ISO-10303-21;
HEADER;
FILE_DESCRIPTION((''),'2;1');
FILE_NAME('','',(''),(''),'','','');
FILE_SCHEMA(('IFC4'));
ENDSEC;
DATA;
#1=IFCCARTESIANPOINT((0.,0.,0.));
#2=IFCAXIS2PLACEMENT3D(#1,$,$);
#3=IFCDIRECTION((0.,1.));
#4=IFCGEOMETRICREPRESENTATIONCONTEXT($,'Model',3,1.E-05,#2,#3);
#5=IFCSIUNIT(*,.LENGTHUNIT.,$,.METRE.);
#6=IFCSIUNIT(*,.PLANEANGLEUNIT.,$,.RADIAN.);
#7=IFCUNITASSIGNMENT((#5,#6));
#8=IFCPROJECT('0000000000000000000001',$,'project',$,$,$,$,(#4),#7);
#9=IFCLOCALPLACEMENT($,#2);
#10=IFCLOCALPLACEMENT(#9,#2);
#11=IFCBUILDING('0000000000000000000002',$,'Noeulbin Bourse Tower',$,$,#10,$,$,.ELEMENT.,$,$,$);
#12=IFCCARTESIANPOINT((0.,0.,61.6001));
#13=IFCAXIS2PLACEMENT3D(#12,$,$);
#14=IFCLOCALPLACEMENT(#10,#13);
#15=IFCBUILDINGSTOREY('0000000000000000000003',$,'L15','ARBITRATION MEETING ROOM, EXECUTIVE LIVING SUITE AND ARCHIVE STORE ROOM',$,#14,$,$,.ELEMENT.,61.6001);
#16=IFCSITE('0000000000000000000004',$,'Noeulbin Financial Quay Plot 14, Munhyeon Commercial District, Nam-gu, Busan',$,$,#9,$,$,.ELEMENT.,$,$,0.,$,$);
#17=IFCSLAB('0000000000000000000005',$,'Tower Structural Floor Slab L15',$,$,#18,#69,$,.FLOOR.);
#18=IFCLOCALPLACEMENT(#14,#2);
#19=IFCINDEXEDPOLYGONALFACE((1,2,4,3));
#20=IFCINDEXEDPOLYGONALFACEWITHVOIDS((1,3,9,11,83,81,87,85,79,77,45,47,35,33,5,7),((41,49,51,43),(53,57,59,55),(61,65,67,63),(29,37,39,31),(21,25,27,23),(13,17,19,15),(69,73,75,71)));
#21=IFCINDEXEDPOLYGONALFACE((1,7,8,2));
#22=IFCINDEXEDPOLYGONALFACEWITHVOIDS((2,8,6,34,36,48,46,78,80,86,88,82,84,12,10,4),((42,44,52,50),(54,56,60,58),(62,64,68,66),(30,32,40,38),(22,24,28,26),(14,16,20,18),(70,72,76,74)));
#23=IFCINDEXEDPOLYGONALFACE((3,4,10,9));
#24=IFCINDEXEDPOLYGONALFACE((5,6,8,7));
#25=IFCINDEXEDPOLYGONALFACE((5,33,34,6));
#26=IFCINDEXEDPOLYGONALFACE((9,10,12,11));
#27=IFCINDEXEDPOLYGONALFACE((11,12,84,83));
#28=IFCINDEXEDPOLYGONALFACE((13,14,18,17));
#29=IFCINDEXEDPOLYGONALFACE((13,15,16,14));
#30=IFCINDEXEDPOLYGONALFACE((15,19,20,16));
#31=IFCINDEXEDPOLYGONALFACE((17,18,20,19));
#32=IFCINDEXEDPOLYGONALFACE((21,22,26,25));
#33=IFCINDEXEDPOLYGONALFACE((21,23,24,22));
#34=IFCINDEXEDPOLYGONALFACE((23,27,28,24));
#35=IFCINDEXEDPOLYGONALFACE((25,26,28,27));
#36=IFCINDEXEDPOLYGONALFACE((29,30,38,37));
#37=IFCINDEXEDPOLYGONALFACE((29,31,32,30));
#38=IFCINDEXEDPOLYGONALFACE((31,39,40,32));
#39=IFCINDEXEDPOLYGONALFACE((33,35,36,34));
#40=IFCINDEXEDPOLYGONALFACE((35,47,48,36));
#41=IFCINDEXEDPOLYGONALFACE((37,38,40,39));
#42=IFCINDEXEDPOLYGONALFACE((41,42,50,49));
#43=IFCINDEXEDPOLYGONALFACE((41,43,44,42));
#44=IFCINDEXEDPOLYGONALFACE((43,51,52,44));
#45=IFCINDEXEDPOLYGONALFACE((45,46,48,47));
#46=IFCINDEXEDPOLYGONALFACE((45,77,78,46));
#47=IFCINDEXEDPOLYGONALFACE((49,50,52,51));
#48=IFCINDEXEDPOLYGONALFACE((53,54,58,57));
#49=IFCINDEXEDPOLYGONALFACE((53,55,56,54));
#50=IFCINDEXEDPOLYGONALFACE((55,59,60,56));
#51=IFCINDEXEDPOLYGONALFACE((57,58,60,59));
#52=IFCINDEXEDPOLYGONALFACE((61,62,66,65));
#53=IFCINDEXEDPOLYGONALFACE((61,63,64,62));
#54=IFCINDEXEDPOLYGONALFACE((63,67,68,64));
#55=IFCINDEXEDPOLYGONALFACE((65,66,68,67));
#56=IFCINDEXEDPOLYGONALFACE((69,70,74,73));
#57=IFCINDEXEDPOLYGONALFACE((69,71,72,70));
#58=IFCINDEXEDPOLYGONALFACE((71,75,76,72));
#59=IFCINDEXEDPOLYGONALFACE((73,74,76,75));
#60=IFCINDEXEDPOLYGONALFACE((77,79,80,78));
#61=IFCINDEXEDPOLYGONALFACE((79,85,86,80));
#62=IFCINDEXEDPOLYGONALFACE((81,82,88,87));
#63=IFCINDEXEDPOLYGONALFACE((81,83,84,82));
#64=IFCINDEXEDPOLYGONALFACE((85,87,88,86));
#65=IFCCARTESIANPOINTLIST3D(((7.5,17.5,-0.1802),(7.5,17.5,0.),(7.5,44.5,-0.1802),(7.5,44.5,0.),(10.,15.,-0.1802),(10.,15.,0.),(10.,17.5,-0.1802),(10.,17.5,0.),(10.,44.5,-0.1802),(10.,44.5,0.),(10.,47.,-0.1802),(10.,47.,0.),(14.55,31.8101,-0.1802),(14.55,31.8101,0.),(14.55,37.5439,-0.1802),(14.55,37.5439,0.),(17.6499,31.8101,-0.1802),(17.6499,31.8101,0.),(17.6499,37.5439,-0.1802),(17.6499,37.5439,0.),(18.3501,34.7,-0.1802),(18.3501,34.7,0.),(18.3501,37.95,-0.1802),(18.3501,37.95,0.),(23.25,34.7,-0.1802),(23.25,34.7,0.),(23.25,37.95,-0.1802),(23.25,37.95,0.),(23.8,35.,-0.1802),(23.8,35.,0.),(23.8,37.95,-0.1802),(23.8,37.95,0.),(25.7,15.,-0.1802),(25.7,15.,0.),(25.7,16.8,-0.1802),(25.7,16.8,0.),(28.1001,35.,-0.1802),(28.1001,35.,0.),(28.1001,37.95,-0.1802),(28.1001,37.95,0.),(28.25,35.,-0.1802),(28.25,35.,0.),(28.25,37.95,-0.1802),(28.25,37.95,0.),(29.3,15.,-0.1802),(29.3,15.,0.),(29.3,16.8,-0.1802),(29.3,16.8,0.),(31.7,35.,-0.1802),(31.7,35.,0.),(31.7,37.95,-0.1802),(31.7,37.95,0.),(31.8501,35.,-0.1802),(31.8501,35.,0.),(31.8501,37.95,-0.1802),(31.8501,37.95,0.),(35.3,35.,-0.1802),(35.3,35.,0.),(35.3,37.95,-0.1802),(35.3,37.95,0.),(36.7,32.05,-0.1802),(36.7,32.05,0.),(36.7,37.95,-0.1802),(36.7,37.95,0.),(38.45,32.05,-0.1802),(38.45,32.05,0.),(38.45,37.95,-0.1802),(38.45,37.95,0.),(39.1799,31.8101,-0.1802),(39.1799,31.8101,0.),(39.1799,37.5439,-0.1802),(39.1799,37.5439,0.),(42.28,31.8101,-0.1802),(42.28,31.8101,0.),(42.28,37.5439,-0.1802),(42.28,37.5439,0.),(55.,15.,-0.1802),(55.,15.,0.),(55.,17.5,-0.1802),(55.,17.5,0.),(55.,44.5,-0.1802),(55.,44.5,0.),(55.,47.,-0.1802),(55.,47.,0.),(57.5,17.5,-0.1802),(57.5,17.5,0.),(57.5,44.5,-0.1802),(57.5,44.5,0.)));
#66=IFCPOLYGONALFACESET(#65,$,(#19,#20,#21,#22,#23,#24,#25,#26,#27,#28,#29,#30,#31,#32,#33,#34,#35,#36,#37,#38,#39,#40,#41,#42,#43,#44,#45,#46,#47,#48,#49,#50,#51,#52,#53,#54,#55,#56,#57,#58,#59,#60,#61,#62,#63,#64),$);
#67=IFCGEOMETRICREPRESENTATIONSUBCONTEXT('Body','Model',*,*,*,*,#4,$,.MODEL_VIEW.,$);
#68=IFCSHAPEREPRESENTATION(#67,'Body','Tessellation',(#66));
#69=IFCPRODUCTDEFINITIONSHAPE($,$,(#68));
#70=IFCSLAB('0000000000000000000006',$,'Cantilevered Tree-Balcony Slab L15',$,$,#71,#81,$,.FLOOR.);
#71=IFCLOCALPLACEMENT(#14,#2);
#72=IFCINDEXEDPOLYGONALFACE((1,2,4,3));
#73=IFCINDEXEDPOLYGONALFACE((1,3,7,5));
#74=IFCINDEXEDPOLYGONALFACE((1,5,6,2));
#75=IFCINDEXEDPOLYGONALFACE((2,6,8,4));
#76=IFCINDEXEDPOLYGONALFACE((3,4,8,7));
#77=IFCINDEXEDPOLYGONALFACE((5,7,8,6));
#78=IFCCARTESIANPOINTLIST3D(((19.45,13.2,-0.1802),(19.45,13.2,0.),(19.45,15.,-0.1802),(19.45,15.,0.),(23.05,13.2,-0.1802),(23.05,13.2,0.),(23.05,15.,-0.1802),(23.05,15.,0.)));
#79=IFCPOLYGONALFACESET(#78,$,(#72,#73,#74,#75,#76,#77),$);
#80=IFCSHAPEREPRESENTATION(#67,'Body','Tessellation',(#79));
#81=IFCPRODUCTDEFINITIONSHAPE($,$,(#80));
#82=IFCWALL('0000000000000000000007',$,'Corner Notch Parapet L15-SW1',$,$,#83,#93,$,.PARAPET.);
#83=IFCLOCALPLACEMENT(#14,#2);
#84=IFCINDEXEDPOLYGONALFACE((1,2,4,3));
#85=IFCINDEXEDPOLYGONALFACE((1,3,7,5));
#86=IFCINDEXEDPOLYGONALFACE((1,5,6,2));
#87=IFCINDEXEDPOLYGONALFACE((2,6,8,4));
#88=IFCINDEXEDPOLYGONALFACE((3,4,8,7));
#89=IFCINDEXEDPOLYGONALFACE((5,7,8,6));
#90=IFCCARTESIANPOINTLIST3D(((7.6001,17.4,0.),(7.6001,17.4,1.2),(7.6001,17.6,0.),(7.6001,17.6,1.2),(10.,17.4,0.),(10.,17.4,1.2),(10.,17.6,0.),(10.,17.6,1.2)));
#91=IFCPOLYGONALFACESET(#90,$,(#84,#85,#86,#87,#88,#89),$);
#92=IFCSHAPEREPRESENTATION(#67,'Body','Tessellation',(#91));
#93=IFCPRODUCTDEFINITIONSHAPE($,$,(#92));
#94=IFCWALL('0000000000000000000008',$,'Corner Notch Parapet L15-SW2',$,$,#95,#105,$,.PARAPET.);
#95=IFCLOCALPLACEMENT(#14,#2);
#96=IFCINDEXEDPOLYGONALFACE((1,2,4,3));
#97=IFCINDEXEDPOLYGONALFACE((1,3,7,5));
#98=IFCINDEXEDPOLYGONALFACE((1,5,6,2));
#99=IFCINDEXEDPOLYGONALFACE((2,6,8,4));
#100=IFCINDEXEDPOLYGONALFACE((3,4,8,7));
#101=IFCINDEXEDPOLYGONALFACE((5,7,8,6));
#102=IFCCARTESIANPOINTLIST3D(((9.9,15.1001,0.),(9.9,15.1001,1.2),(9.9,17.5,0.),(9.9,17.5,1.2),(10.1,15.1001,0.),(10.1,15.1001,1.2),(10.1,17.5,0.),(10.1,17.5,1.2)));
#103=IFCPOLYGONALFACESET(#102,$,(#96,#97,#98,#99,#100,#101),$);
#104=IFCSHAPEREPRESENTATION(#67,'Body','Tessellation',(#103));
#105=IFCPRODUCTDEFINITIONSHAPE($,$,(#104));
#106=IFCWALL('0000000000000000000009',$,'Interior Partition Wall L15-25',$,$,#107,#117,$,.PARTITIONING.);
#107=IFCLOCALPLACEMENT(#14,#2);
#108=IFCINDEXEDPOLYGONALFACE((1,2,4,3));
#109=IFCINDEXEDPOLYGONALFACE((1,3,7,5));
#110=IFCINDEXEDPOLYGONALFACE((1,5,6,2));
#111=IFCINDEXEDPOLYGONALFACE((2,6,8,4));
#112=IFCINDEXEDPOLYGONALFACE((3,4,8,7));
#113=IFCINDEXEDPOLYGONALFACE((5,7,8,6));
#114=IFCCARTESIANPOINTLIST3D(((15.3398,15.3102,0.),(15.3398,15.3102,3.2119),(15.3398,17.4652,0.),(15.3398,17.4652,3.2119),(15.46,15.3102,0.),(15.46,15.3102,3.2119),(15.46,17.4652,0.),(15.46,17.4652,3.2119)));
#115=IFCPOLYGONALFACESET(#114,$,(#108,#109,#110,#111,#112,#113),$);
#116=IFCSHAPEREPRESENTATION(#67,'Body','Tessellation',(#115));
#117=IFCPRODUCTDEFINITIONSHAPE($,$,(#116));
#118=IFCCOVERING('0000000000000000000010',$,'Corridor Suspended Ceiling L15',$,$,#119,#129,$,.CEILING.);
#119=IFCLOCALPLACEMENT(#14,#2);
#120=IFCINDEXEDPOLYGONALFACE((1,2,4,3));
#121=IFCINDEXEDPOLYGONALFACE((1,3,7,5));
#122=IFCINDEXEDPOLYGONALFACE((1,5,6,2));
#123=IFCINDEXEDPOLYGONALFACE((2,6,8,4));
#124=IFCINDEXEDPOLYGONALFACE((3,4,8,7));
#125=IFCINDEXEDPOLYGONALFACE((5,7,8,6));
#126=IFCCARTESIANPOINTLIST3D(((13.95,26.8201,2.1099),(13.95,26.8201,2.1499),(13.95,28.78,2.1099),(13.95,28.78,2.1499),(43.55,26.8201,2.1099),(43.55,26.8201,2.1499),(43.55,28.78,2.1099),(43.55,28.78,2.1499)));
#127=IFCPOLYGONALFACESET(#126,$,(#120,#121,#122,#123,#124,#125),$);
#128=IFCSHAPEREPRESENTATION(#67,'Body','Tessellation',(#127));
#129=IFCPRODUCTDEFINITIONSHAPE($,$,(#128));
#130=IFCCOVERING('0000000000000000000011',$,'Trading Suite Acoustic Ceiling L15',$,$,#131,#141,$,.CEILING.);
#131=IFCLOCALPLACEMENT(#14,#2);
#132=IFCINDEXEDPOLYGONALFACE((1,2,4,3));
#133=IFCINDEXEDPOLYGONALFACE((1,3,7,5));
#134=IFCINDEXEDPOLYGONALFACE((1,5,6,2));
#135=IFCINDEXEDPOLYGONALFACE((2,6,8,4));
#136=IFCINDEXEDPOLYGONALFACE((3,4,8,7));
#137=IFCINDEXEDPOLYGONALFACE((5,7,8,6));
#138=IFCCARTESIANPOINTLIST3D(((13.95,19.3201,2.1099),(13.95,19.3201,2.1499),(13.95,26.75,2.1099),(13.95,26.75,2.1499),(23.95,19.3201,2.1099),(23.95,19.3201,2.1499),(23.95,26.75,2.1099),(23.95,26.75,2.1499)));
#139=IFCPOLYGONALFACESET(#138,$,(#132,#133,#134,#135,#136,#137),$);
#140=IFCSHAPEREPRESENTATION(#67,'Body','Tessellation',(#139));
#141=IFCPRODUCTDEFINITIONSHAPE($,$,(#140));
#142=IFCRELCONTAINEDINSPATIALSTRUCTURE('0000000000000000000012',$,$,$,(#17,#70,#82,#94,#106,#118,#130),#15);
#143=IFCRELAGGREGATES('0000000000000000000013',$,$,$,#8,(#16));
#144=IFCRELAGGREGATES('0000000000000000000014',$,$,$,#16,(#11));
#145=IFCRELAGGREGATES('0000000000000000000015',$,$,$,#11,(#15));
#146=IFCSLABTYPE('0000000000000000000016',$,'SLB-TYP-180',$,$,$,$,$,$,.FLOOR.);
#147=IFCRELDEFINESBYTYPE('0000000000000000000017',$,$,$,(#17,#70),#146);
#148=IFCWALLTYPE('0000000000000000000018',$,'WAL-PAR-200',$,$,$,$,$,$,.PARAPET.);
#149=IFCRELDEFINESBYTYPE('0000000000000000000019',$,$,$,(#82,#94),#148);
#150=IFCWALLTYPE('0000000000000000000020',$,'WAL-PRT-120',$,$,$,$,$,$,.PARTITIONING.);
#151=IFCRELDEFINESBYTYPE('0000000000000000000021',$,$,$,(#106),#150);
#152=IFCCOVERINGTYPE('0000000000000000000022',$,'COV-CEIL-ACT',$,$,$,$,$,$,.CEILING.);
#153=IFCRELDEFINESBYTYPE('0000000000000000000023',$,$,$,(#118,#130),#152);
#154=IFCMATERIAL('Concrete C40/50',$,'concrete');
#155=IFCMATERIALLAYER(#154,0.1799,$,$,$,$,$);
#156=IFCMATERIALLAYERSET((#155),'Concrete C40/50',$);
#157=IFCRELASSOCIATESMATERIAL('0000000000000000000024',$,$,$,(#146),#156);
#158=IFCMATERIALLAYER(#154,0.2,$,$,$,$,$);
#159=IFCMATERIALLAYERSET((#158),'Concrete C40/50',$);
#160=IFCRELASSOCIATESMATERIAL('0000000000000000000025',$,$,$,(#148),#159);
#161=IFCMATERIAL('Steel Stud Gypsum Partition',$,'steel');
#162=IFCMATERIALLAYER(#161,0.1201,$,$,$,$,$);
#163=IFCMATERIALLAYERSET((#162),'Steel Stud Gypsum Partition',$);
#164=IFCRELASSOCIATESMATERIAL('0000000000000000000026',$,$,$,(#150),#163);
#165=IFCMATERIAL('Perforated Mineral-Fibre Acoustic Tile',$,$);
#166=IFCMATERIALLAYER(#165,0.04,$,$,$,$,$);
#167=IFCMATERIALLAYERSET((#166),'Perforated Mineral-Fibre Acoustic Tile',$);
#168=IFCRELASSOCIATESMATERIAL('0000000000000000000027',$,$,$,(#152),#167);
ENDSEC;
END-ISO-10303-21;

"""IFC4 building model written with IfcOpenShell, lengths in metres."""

from ifc_helpers import new_model, si_unit, direction, frame, frame_2d, origin, place, context, subcontext, project, spatial, polyline, rectangle, outline, extrude, material, layer, layer_set, type_object, element, save


model = new_model("IFC4")

# Units and contexts
model_context = context("Model", 3, precision=1e-05, world=origin(), true_north=direction((0.0, 1.0)))
body_context = subcontext(model_context, "Body", "Model", "MODEL_VIEW")
ifc_project = project(units=[si_unit("LENGTHUNIT", "METRE"), si_unit("PLANEANGLEUNIT", "RADIAN")], contexts=[model_context])

# Site, building, storey
site_placement = place(None, origin())
site = spatial("IfcSite", under=ifc_project, at=site_placement, Name="Noeulbin Financial Quay Plot 14, Munhyeon Commercial District, Nam-gu, Busan", CompositionType="ELEMENT", RefElevation=0.0)
building_placement = place(site_placement, origin())
building = spatial("IfcBuilding", under=site, at=building_placement, Name="Noeulbin Bourse Tower", CompositionType="ELEMENT")
storey_placement = place(building_placement, frame((0.0, 0.0, 61.6001)))
storey = spatial("IfcBuildingStorey", under=building, at=storey_placement, Name="L15", Description="ARBITRATION MEETING ROOM, EXECUTIVE LIVING SUITE AND ARCHIVE STORE ROOM", CompositionType="ELEMENT", Elevation=61.6001)

# Shared definitions
ifc_material_1 = material(Name="Concrete C40/50", Category="concrete")

# Slab, openings
ifc_layer_1 = layer(ifc_material_1, 0.1799)
ifc_layer_set_1 = layer_set([ifc_layer_1], Name="Concrete C40/50")
slab_type_1 = type_object("IfcSlabType", Name="SLB-TYP-180", PredefinedType="FLOOR", material=ifc_layer_set_1)
slab_1_placement = place(storey_placement, frame((0.0, 0.0, -0.1802)))
slab_1 = element("IfcSlab", 1, at=slab_1_placement, inside=storey, type_object=slab_type_1, Name="Tower Structural Floor Slab L15", PredefinedType="FLOOR", context=body_context, shape_type="SweptSolid", body=[
    extrude(outline(polyline([(10.0, 15.0), (25.7, 15.0), (25.7, 16.8), (29.3, 16.8), (29.3, 15.0), (55.0, 15.0), (55.0, 17.5), (57.5, 17.5), (57.5, 44.5), (55.0, 44.5), (55.0, 47.0), (10.0, 47.0), (10.0, 44.5), (7.5, 44.5), (7.5, 17.5), (10.0, 17.5), (10.0, 15.0)]), holes=[polyline([(17.6499, 31.8101), (17.6499, 37.5439), (14.55, 37.5439), (14.55, 31.8101), (17.6499, 31.8101)]), polyline([(42.28, 31.8101), (42.28, 37.5439), (39.1799, 37.5439), (39.1799, 31.8101), (42.28, 31.8101)]), polyline([(18.3501, 34.7), (23.25, 34.7), (23.25, 37.95), (18.3501, 37.95), (18.3501, 34.7)]), polyline([(36.7, 32.05), (38.45, 32.05), (38.45, 37.95), (36.7, 37.95), (36.7, 32.05)]), polyline([(23.8, 35.0), (28.1001, 35.0), (28.1001, 37.95), (23.8, 37.95), (23.8, 35.0)]), polyline([(28.25, 35.0), (31.7, 35.0), (31.7, 37.95), (28.25, 37.95), (28.25, 35.0)]), polyline([(31.8501, 35.0), (35.3, 35.0), (35.3, 37.95), (31.8501, 37.95), (31.8501, 35.0)])]), origin(), (0.0, 0.0, 1.0), 0.1802),
])
opening_1_placement = place(slab_1_placement, frame((0.0, 0.0, -0.01)))
element("IfcOpeningElement", 2, at=opening_1_placement, cuts=slab_1, PredefinedType="OPENING", context=body_context, shape_type="SweptSolid", body=[
    extrude(outline(polyline([(17.6499, 31.8101), (17.6499, 37.5439), (14.55, 37.5439), (14.55, 31.8101), (17.6499, 31.8101)])), origin(), (0.0, 0.0, 1.0), 0.2002),
])
opening_2_placement = place(slab_1_placement, frame((0.0, 0.0, -0.01)))
element("IfcOpeningElement", 3, at=opening_2_placement, cuts=slab_1, PredefinedType="OPENING", context=body_context, shape_type="SweptSolid", body=[
    extrude(outline(polyline([(42.28, 31.8101), (42.28, 37.5439), (39.1799, 37.5439), (39.1799, 31.8101), (42.28, 31.8101)])), origin(), (0.0, 0.0, 1.0), 0.2002),
])
opening_3_placement = place(slab_1_placement, frame((0.0, 0.0, -0.01)))
element("IfcOpeningElement", 4, at=opening_3_placement, cuts=slab_1, PredefinedType="OPENING", context=body_context, shape_type="SweptSolid", body=[
    extrude(outline(polyline([(18.3501, 34.7), (23.25, 34.7), (23.25, 37.95), (18.3501, 37.95), (18.3501, 34.7)])), origin(), (0.0, 0.0, 1.0), 0.2002),
])
opening_4_placement = place(slab_1_placement, frame((0.0, 0.0, -0.01)))
element("IfcOpeningElement", 5, at=opening_4_placement, cuts=slab_1, PredefinedType="OPENING", context=body_context, shape_type="SweptSolid", body=[
    extrude(outline(polyline([(36.7, 32.05), (38.45, 32.05), (38.45, 37.95), (36.7, 37.95), (36.7, 32.05)])), origin(), (0.0, 0.0, 1.0), 0.2002),
])
opening_5_placement = place(slab_1_placement, frame((0.0, 0.0, -0.01)))
element("IfcOpeningElement", 6, at=opening_5_placement, cuts=slab_1, PredefinedType="OPENING", context=body_context, shape_type="SweptSolid", body=[
    extrude(outline(polyline([(23.8, 35.0), (28.1001, 35.0), (28.1001, 37.95), (23.8, 37.95), (23.8, 35.0)])), origin(), (0.0, 0.0, 1.0), 0.2002),
])
opening_6_placement = place(slab_1_placement, frame((0.0, 0.0, -0.01)))
element("IfcOpeningElement", 7, at=opening_6_placement, cuts=slab_1, PredefinedType="OPENING", context=body_context, shape_type="SweptSolid", body=[
    extrude(outline(polyline([(28.25, 35.0), (31.7, 35.0), (31.7, 37.95), (28.25, 37.95), (28.25, 35.0)])), origin(), (0.0, 0.0, 1.0), 0.2002),
])
opening_7_placement = place(slab_1_placement, frame((0.0, 0.0, -0.01)))
element("IfcOpeningElement", 8, at=opening_7_placement, cuts=slab_1, PredefinedType="OPENING", context=body_context, shape_type="SweptSolid", body=[
    extrude(outline(polyline([(31.8501, 35.0), (35.3, 35.0), (35.3, 37.95), (31.8501, 37.95), (31.8501, 35.0)])), origin(), (0.0, 0.0, 1.0), 0.2002),
])

# Slab
slab_2_placement = place(storey_placement, frame((0.0, 0.0, -0.1802)))
element("IfcSlab", 9, at=slab_2_placement, inside=storey, type_object=slab_type_1, Name="Cantilevered Tree-Balcony Slab L15", PredefinedType="FLOOR", context=body_context, shape_type="SweptSolid", body=[
    extrude(outline(polyline([(19.45, 13.2), (23.05, 13.2), (23.05, 15.0), (19.45, 15.0), (19.45, 13.2)])), origin(), (0.0, 0.0, 1.0), 0.1802),
])

# Walls
ifc_layer_2 = layer(ifc_material_1, 0.2)
ifc_layer_set_2 = layer_set([ifc_layer_2], Name="Concrete C40/50")
wall_type_1 = type_object("IfcWallType", Name="WAL-PAR-200", PredefinedType="PARAPET", material=ifc_layer_set_2)
for number, where, z_axis, x_axis, name in (
    (10, (7.6001, 17.5, 0.0), (0.0, 0.0, 1.0), (1.0, 0.0, 0.0), "Corner Notch Parapet L15-SW1"),
    (11, (10.0, 17.5, 0.0), (0.0, 0.0, 1.0), (0.0, -1.0, 0.0), "Corner Notch Parapet L15-SW2"),
):
    element("IfcWall", number, at=place(storey_placement, frame(where, z_axis=z_axis, x_axis=x_axis)), inside=storey, type_object=wall_type_1, Name=name, PredefinedType="PARAPET", context=body_context, shape_type="SweptSolid", body=[
        extrude(rectangle(XDim=2.3999, YDim=0.2, at=frame_2d((1.2, 0.0))), origin(), (0.0, 0.0, 1.0), 1.2),
    ])
ifc_material_2 = material(Name="Steel Stud Gypsum Partition", Category="steel")
ifc_layer_3 = layer(ifc_material_2, 0.1201)
ifc_layer_set_3 = layer_set([ifc_layer_3], Name="Steel Stud Gypsum Partition")
wall_type_2 = type_object("IfcWallType", Name="WAL-PRT-120", PredefinedType="PARTITIONING", material=ifc_layer_set_3)
wall_placement = place(storey_placement, frame((15.3999, 15.3101, 0.0), z_axis=(0.0, 0.0, 1.0), x_axis=(0.0, 1.0, 0.0)))
element("IfcWall", 12, at=wall_placement, inside=storey, type_object=wall_type_2, Name="Interior Partition Wall L15-25", PredefinedType="PARTITIONING", context=body_context, shape_type="SweptSolid", body=[
    extrude(rectangle(XDim=2.155, YDim=0.1201, at=frame_2d((1.0776, 0.0))), origin(), (0.0, 0.0, 1.0), 3.2119),
])

# Coverings
ifc_material_3 = material(Name="Perforated Mineral-Fibre Acoustic Tile")
ifc_layer_4 = layer(ifc_material_3, 0.04)
ifc_layer_set_4 = layer_set([ifc_layer_4], Name="Perforated Mineral-Fibre Acoustic Tile")
covering_type = type_object("IfcCoveringType", Name="COV-CEIL-ACT", PredefinedType="CEILING", material=ifc_layer_set_4)
covering_1_placement = place(storey_placement, frame((0.0, 0.0, 2.1099)))
element("IfcCovering", 13, at=covering_1_placement, inside=storey, type_object=covering_type, Name="Corridor Suspended Ceiling L15", PredefinedType="CEILING", context=body_context, shape_type="SweptSolid", body=[
    extrude(outline(polyline([(13.95, 26.8201), (43.55, 26.8201), (43.55, 28.78), (13.95, 28.78), (13.95, 26.8201)])), origin(), (0.0, 0.0, 1.0), 0.04),
])
covering_2_placement = place(storey_placement, frame((0.0, 0.0, 2.1099)))
element("IfcCovering", 14, at=covering_2_placement, inside=storey, type_object=covering_type, Name="Trading Suite Acoustic Ceiling L15", PredefinedType="CEILING", context=body_context, shape_type="SweptSolid", body=[
    extrude(outline(polyline([(13.95, 19.3201), (23.95, 19.3201), (23.95, 26.75), (13.95, 26.75), (13.95, 19.3201)])), origin(), (0.0, 0.0, 1.0), 0.04),
])

save(model, "model.ifc")
